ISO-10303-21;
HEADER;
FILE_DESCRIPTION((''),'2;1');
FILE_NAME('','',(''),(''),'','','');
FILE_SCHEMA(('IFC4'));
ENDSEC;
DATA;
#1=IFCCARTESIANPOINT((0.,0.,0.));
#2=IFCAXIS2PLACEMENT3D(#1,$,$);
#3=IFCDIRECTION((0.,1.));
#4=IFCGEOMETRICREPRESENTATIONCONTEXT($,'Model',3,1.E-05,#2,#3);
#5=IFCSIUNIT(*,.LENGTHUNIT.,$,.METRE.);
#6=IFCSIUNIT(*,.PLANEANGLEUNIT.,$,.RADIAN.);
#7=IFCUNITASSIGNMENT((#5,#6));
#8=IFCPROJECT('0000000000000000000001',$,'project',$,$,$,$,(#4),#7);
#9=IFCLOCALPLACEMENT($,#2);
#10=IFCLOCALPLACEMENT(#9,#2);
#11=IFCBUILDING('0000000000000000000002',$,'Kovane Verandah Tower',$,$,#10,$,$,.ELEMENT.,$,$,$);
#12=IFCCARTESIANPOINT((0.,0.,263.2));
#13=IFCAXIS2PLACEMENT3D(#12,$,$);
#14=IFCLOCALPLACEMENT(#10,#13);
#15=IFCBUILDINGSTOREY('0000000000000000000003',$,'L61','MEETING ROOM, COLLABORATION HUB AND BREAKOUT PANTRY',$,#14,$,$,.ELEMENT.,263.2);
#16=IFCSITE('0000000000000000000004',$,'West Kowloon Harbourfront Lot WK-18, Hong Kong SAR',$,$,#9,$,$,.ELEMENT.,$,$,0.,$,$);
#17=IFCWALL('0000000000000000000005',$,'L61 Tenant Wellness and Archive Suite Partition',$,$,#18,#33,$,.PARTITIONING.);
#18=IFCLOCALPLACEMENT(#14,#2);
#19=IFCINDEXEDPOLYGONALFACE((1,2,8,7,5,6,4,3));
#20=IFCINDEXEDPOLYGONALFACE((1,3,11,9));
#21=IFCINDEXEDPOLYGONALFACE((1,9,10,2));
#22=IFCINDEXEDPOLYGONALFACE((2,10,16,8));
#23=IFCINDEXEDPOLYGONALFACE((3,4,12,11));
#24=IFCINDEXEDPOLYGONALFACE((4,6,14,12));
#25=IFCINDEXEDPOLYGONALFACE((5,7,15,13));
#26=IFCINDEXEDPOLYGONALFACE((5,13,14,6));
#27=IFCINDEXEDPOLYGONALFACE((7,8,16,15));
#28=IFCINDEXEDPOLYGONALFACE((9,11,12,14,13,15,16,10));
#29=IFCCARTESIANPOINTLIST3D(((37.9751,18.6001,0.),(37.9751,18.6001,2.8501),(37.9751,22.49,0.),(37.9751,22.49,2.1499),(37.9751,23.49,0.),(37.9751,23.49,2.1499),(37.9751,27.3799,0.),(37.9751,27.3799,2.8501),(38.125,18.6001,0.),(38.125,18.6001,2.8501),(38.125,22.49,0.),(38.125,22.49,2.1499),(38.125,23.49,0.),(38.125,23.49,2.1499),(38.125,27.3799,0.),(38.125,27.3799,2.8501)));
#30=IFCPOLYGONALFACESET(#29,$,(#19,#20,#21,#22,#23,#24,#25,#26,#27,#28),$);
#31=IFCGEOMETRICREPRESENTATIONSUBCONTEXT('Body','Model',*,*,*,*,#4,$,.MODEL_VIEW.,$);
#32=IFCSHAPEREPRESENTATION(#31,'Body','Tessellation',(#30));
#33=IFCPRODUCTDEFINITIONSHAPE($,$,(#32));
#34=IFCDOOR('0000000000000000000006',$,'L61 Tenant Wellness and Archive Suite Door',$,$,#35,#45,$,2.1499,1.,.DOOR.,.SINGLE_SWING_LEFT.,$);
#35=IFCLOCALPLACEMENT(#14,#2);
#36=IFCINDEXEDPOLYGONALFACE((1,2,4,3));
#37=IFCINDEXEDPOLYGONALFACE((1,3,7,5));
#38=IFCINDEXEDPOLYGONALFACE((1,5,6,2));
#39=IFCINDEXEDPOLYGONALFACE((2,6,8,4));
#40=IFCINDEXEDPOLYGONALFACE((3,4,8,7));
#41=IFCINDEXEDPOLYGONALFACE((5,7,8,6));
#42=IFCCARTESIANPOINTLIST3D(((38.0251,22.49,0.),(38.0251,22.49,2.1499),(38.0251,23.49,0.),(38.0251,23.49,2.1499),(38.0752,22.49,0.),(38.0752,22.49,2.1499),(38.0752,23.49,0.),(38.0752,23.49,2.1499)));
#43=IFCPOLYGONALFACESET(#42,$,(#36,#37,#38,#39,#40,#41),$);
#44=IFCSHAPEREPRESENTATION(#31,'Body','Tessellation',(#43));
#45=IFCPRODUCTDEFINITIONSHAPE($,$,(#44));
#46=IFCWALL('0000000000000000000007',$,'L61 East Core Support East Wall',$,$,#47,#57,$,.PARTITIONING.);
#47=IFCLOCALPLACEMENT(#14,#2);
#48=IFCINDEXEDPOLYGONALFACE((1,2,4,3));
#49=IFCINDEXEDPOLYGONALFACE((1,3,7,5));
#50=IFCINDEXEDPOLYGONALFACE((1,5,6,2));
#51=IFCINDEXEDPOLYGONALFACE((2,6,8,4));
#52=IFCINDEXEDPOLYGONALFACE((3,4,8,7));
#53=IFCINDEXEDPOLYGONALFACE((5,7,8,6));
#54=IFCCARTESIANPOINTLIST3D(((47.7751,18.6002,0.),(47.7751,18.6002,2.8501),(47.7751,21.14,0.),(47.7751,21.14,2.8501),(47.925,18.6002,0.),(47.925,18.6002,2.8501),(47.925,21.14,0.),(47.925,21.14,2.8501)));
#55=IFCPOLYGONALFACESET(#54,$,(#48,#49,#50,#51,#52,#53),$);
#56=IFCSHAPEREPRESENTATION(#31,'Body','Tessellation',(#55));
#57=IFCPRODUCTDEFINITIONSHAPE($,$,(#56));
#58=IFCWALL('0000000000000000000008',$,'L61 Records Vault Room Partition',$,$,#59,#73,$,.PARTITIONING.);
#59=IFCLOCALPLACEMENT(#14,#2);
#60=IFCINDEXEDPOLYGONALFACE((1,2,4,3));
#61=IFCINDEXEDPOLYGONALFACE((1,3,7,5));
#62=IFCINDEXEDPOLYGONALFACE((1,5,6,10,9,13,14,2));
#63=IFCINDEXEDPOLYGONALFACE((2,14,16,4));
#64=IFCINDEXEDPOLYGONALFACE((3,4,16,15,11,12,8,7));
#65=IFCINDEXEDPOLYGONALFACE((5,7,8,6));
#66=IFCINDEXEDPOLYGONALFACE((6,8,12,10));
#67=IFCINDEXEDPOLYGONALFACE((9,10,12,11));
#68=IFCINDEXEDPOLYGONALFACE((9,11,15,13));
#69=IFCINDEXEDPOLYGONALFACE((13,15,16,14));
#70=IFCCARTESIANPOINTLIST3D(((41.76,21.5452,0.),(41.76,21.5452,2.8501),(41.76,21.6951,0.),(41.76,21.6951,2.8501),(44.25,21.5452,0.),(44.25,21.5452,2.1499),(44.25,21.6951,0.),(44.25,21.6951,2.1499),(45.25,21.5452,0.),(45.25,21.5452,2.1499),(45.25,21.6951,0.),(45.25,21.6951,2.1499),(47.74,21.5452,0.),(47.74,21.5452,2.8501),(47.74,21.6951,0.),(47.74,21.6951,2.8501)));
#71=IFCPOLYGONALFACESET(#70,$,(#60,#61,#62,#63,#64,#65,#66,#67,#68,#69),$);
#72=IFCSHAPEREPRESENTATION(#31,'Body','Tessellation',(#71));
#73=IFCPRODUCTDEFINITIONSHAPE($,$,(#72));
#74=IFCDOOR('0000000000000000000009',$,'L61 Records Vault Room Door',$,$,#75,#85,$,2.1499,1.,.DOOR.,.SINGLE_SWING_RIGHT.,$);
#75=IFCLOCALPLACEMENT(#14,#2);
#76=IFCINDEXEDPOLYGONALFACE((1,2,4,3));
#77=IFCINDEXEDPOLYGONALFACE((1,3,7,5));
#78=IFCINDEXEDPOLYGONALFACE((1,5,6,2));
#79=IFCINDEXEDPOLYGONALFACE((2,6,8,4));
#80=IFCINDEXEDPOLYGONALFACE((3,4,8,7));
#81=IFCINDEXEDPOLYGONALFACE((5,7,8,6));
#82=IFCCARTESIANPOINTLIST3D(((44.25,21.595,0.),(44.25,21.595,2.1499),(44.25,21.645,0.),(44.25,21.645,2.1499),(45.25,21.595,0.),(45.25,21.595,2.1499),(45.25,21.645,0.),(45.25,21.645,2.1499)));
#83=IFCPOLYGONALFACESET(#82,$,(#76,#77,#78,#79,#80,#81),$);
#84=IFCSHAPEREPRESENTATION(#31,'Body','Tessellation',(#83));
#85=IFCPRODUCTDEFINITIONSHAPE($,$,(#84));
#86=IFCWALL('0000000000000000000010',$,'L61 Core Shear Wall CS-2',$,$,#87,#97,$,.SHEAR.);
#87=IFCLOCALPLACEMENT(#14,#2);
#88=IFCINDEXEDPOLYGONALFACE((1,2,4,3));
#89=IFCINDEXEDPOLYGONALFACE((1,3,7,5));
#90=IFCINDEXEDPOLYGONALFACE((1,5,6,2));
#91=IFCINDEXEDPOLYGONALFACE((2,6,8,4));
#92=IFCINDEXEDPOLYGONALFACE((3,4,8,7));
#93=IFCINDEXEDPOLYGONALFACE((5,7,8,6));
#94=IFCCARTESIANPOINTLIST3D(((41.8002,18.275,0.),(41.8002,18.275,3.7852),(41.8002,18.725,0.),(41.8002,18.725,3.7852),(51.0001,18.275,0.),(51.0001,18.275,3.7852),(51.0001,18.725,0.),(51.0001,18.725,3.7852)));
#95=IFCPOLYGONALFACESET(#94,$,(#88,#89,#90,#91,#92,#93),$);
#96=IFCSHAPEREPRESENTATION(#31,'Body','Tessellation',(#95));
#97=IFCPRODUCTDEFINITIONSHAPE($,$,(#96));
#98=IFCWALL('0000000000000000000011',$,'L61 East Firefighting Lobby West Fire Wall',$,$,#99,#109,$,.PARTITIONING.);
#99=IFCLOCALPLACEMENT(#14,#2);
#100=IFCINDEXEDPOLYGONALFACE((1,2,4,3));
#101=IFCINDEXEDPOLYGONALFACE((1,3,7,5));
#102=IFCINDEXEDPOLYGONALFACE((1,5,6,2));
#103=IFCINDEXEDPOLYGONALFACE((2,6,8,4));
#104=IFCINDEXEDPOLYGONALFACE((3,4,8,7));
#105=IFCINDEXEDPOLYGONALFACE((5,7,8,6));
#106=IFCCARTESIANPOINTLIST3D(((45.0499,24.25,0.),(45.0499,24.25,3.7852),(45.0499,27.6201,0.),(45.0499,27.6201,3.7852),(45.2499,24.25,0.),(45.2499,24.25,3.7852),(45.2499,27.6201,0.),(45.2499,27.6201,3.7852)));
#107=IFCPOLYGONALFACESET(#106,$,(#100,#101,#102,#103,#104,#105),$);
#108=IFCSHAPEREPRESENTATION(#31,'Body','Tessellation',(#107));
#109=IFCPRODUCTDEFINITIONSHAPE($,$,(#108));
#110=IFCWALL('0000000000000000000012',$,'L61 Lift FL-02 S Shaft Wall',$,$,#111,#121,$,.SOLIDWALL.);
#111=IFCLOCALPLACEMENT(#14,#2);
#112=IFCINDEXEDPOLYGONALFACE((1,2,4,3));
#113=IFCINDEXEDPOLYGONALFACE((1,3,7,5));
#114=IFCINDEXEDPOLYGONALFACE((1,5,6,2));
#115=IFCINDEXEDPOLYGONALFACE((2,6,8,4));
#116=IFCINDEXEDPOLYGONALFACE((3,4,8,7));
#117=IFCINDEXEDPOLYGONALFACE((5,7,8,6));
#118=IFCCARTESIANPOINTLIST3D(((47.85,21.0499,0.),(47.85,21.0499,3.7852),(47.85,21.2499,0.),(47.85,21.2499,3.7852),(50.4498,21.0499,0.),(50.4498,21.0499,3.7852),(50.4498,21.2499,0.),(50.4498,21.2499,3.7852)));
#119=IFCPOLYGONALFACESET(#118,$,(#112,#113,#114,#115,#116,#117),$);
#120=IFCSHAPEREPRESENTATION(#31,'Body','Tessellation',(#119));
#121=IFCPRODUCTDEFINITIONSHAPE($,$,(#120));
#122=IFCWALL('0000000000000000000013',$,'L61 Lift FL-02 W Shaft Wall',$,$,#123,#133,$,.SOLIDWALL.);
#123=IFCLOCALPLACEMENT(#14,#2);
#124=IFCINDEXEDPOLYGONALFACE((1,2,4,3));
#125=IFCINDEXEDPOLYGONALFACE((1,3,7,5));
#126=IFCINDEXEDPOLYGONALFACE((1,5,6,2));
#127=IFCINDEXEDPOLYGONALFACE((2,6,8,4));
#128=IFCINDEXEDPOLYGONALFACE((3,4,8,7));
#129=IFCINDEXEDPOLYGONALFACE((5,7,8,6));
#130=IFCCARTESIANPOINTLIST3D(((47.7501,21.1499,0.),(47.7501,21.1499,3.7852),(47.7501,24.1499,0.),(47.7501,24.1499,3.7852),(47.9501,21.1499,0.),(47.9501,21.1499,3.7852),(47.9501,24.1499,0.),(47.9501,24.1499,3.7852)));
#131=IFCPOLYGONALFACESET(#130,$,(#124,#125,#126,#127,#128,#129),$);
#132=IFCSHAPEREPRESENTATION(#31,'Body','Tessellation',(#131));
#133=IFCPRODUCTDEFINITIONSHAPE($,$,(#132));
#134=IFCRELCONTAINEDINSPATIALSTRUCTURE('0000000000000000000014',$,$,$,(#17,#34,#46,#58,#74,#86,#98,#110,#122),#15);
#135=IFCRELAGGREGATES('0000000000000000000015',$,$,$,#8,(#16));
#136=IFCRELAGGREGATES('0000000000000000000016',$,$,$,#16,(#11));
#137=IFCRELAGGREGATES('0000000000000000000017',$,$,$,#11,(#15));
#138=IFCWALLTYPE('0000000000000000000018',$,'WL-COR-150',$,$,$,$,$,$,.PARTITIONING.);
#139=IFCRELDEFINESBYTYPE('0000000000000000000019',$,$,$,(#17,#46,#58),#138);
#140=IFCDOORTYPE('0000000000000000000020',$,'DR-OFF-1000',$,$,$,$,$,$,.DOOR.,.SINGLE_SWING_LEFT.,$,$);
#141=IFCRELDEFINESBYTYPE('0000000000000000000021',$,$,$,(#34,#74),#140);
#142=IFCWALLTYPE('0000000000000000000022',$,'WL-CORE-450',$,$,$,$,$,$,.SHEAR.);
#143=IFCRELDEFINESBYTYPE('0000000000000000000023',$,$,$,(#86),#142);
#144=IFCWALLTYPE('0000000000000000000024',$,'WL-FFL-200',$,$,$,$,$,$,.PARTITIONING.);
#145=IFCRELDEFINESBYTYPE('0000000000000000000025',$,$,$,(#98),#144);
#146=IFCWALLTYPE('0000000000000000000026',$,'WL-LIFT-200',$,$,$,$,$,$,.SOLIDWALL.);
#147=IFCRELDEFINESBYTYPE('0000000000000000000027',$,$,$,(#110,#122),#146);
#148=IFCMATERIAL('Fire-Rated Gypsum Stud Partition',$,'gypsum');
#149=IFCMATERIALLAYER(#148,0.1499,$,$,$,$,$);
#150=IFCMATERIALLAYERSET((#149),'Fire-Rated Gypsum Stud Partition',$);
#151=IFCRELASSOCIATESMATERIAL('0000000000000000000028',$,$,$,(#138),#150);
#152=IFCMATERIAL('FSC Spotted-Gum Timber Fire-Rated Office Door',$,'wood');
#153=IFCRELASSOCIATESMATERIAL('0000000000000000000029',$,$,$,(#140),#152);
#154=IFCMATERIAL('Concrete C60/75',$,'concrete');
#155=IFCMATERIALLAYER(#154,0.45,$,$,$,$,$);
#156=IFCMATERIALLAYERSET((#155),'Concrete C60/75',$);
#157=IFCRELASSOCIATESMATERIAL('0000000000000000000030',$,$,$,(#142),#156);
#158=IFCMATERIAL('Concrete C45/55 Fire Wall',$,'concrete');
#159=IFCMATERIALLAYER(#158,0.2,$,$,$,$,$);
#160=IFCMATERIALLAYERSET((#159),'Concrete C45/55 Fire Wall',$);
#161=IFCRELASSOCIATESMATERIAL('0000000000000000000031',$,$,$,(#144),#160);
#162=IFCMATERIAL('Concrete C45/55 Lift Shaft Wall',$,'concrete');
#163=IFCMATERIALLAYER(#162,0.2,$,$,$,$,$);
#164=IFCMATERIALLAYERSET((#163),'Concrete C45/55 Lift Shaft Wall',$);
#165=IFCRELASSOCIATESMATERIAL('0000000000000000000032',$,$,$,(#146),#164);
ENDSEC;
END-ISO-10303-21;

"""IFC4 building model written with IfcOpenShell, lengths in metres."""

from ifc_helpers import new_model, si_unit, direction, frame, frame_2d, origin, place, context, subcontext, project, spatial, rectangle, extrude, material, layer, layer_set, type_object, element, fill, save


model = new_model("IFC4")

# Units and contexts
model_context = context("Model", 3, precision=1e-05, world=origin(), true_north=direction((0.0, 1.0)))
body_context = subcontext(model_context, "Body", "Model", "MODEL_VIEW")
ifc_project = project(units=[si_unit("LENGTHUNIT", "METRE"), si_unit("PLANEANGLEUNIT", "RADIAN")], contexts=[model_context])

# Site, building, storey
site_placement = place(None, origin())
site = spatial("IfcSite", under=ifc_project, at=site_placement, Name="West Kowloon Harbourfront Lot WK-18, Hong Kong SAR", CompositionType="ELEMENT", RefElevation=0.0)
building_placement = place(site_placement, origin())
building = spatial("IfcBuilding", under=site, at=building_placement, Name="Kovane Verandah Tower", CompositionType="ELEMENT")
storey_placement = place(building_placement, frame((0.0, 0.0, 263.2)))
storey = spatial("IfcBuildingStorey", under=building, at=storey_placement, Name="L61", Description="MEETING ROOM, COLLABORATION HUB AND BREAKOUT PANTRY", CompositionType="ELEMENT", Elevation=263.2)

# Shared definitions
ifc_material_1 = material(Name="Concrete C60/75", Category="concrete")

# Shared definitions
ifc_material_2 = material(Name="Fire-Rated Gypsum Stud Partition", Category="gypsum")
ifc_layer_1 = layer(ifc_material_2, 0.1499)
ifc_layer_set_1 = layer_set([ifc_layer_1], Name="Fire-Rated Gypsum Stud Partition")
wall_type_1 = type_object("IfcWallType", Name="WL-COR-150", PredefinedType="PARTITIONING", material=ifc_layer_set_1)

# Wall, opening, door
wall_1_placement = place(storey_placement, frame((38.05, 18.6001, 0.0), z_axis=(0.0, 0.0, 1.0), x_axis=(0.0, 1.0, 0.0)))
wall_1 = element("IfcWall", 1, at=wall_1_placement, inside=storey, type_object=wall_type_1, Name="L61 Tenant Wellness and Archive Suite Partition", PredefinedType="PARTITIONING", context=body_context, shape_type="SweptSolid", body=[
    extrude(rectangle(XDim=8.7798, YDim=0.1499, at=frame_2d((4.3899, 0.0))), origin(), (0.0, 0.0, 1.0), 2.8501),
])
opening_1_placement = place(wall_1_placement, frame((3.8899, 0.0, 0.0)))
opening_1 = element("IfcOpeningElement", 2, at=opening_1_placement, cuts=wall_1, PredefinedType="OPENING", context=body_context, shape_type="SweptSolid", body=[
    extrude(rectangle(XDim=1.0, YDim=2.1499, at=frame_2d((0.5, 1.075))), frame((0.0, 0.075, 0.0), z_axis=(0.0, -1.0, 0.0), x_axis=(1.0, 0.0, 0.0)), (0.0, 0.0, 1.0), 0.1499),
])
ifc_material_3 = material(Name="FSC Spotted-Gum Timber Fire-Rated Office Door", Category="wood")
door_type_1 = type_object("IfcDoorType", Name="DR-OFF-1000", OperationType="SINGLE_SWING_LEFT", PredefinedType="DOOR", material=ifc_material_3)
door_1_placement = place(opening_1_placement, origin())
door_1 = element("IfcDoor", 3, at=door_1_placement, inside=storey, type_object=door_type_1, Name="L61 Tenant Wellness and Archive Suite Door", OperationType="SINGLE_SWING_LEFT", OverallHeight=2.1499, OverallWidth=1.0, PredefinedType="DOOR", context=body_context, shape_type="SweptSolid", body=[
    extrude(rectangle(XDim=1.0, YDim=2.1499, at=frame_2d((0.5, 1.075))), frame((0.0, 0.0249, 0.0), z_axis=(0.0, -1.0, 0.0), x_axis=(1.0, 0.0, 0.0)), (0.0, 0.0, 1.0), 0.05),
])
fill(opening_1, door_1)

# Wall
wall_2_placement = place(storey_placement, frame((47.8501, 18.6001, 0.0), z_axis=(0.0, 0.0, 1.0), x_axis=(0.0, 1.0, 0.0)))
element("IfcWall", 4, at=wall_2_placement, inside=storey, type_object=wall_type_1, Name="L61 East Core Support East Wall", PredefinedType="PARTITIONING", context=body_context, shape_type="SweptSolid", body=[
    extrude(rectangle(XDim=2.5398, YDim=0.1499, at=frame_2d((1.27, 0.0))), origin(), (0.0, 0.0, 1.0), 2.8501),
])

# Wall, opening, door
wall_3_placement = place(storey_placement, frame((41.76, 21.6201, 0.0), z_axis=(0.0, 0.0, 1.0), x_axis=(1.0, 0.0, 0.0)))
wall_3 = element("IfcWall", 5, at=wall_3_placement, inside=storey, type_object=wall_type_1, Name="L61 Records Vault Room Partition", PredefinedType="PARTITIONING", context=body_context, shape_type="SweptSolid", body=[
    extrude(rectangle(XDim=5.98, YDim=0.1499, at=frame_2d((2.99, 0.0))), origin(), (0.0, 0.0, 1.0), 2.8501),
])
opening_2_placement = place(wall_3_placement, frame((2.49, 0.0, 0.0)))
opening_2 = element("IfcOpeningElement", 6, at=opening_2_placement, cuts=wall_3, PredefinedType="OPENING", context=body_context, shape_type="SweptSolid", body=[
    extrude(rectangle(XDim=1.0, YDim=2.1499, at=frame_2d((0.5, 1.075))), frame((0.0, 0.075, 0.0), z_axis=(0.0, -1.0, 0.0), x_axis=(1.0, 0.0, 0.0)), (0.0, 0.0, 1.0), 0.1499),
])
door_2_placement = place(opening_2_placement, origin())
door_2 = element("IfcDoor", 7, at=door_2_placement, inside=storey, type_object=door_type_1, Name="L61 Records Vault Room Door", OperationType="SINGLE_SWING_RIGHT", OverallHeight=2.1499, OverallWidth=1.0, PredefinedType="DOOR", context=body_context, shape_type="SweptSolid", body=[
    extrude(rectangle(XDim=1.0, YDim=2.1499, at=frame_2d((0.5, 1.075))), frame((0.0, 0.0249, 0.0), z_axis=(0.0, -1.0, 0.0), x_axis=(1.0, 0.0, 0.0)), (0.0, 0.0, 1.0), 0.05),
])
fill(opening_2, door_2)

# Walls
ifc_layer_2 = layer(ifc_material_1, 0.45)
ifc_layer_set_2 = layer_set([ifc_layer_2], Name="Concrete C60/75")
wall_type_2 = type_object("IfcWallType", Name="WL-CORE-450", PredefinedType="SHEAR", material=ifc_layer_set_2)
wall_4_placement = place(storey_placement, frame((41.8, 18.5, 0.0), z_axis=(0.0, 0.0, 1.0), x_axis=(1.0, 0.0, 0.0)))
element("IfcWall", 8, at=wall_4_placement, inside=storey, type_object=wall_type_2, Name="L61 Core Shear Wall CS-2", PredefinedType="SHEAR", context=body_context, shape_type="SweptSolid", body=[
    extrude(rectangle(XDim=9.2, YDim=0.45, at=frame_2d((4.6001, 0.0))), origin(), (0.0, 0.0, 1.0), 3.7852),
])
ifc_material_4 = material(Name="Concrete C45/55 Fire Wall", Category="concrete")
ifc_layer_3 = layer(ifc_material_4, 0.2)
ifc_layer_set_3 = layer_set([ifc_layer_3], Name="Concrete C45/55 Fire Wall")
wall_type_3 = type_object("IfcWallType", Name="WL-FFL-200", PredefinedType="PARTITIONING", material=ifc_layer_set_3)
wall_5_placement = place(storey_placement, frame((45.1499, 24.25, 0.0), z_axis=(0.0, 0.0, 1.0), x_axis=(0.0, 1.0, 0.0)))
element("IfcWall", 9, at=wall_5_placement, inside=storey, type_object=wall_type_3, Name="L61 East Firefighting Lobby West Fire Wall", PredefinedType="PARTITIONING", context=body_context, shape_type="SweptSolid", body=[
    extrude(rectangle(XDim=3.3701, YDim=0.2, at=frame_2d((1.6851, 0.0))), origin(), (0.0, 0.0, 1.0), 3.7852),
])

# Walls
ifc_material_5 = material(Name="Concrete C45/55 Lift Shaft Wall", Category="concrete")
ifc_layer_4 = layer(ifc_material_5, 0.2)
ifc_layer_set_4 = layer_set([ifc_layer_4], Name="Concrete C45/55 Lift Shaft Wall")
wall_type_4 = type_object("IfcWallType", Name="WL-LIFT-200", PredefinedType="SOLIDWALL", material=ifc_layer_set_4)
wall_6_placement = place(storey_placement, frame((47.8501, 21.1499, 0.0), z_axis=(0.0, 0.0, 1.0), x_axis=(1.0, 0.0, 0.0)))
element("IfcWall", 10, at=wall_6_placement, inside=storey, type_object=wall_type_4, Name="L61 Lift FL-02 S Shaft Wall", PredefinedType="SOLIDWALL", context=body_context, shape_type="SweptSolid", body=[
    extrude(rectangle(XDim=2.5999, YDim=0.2, at=frame_2d((1.2998, 0.0))), origin(), (0.0, 0.0, 1.0), 3.7852),
])
wall_7_placement = place(storey_placement, frame((47.8501, 24.1499, 0.0), z_axis=(0.0, 0.0, 1.0), x_axis=(0.0, -1.0, 0.0)))
element("IfcWall", 11, at=wall_7_placement, inside=storey, type_object=wall_type_4, Name="L61 Lift FL-02 W Shaft Wall", PredefinedType="SOLIDWALL", context=body_context, shape_type="SweptSolid", body=[
    extrude(rectangle(XDim=3.0, YDim=0.2, at=frame_2d((1.5, 0.0))), origin(), (0.0, 0.0, 1.0), 3.7852),
])

save(model, "model.ifc")
